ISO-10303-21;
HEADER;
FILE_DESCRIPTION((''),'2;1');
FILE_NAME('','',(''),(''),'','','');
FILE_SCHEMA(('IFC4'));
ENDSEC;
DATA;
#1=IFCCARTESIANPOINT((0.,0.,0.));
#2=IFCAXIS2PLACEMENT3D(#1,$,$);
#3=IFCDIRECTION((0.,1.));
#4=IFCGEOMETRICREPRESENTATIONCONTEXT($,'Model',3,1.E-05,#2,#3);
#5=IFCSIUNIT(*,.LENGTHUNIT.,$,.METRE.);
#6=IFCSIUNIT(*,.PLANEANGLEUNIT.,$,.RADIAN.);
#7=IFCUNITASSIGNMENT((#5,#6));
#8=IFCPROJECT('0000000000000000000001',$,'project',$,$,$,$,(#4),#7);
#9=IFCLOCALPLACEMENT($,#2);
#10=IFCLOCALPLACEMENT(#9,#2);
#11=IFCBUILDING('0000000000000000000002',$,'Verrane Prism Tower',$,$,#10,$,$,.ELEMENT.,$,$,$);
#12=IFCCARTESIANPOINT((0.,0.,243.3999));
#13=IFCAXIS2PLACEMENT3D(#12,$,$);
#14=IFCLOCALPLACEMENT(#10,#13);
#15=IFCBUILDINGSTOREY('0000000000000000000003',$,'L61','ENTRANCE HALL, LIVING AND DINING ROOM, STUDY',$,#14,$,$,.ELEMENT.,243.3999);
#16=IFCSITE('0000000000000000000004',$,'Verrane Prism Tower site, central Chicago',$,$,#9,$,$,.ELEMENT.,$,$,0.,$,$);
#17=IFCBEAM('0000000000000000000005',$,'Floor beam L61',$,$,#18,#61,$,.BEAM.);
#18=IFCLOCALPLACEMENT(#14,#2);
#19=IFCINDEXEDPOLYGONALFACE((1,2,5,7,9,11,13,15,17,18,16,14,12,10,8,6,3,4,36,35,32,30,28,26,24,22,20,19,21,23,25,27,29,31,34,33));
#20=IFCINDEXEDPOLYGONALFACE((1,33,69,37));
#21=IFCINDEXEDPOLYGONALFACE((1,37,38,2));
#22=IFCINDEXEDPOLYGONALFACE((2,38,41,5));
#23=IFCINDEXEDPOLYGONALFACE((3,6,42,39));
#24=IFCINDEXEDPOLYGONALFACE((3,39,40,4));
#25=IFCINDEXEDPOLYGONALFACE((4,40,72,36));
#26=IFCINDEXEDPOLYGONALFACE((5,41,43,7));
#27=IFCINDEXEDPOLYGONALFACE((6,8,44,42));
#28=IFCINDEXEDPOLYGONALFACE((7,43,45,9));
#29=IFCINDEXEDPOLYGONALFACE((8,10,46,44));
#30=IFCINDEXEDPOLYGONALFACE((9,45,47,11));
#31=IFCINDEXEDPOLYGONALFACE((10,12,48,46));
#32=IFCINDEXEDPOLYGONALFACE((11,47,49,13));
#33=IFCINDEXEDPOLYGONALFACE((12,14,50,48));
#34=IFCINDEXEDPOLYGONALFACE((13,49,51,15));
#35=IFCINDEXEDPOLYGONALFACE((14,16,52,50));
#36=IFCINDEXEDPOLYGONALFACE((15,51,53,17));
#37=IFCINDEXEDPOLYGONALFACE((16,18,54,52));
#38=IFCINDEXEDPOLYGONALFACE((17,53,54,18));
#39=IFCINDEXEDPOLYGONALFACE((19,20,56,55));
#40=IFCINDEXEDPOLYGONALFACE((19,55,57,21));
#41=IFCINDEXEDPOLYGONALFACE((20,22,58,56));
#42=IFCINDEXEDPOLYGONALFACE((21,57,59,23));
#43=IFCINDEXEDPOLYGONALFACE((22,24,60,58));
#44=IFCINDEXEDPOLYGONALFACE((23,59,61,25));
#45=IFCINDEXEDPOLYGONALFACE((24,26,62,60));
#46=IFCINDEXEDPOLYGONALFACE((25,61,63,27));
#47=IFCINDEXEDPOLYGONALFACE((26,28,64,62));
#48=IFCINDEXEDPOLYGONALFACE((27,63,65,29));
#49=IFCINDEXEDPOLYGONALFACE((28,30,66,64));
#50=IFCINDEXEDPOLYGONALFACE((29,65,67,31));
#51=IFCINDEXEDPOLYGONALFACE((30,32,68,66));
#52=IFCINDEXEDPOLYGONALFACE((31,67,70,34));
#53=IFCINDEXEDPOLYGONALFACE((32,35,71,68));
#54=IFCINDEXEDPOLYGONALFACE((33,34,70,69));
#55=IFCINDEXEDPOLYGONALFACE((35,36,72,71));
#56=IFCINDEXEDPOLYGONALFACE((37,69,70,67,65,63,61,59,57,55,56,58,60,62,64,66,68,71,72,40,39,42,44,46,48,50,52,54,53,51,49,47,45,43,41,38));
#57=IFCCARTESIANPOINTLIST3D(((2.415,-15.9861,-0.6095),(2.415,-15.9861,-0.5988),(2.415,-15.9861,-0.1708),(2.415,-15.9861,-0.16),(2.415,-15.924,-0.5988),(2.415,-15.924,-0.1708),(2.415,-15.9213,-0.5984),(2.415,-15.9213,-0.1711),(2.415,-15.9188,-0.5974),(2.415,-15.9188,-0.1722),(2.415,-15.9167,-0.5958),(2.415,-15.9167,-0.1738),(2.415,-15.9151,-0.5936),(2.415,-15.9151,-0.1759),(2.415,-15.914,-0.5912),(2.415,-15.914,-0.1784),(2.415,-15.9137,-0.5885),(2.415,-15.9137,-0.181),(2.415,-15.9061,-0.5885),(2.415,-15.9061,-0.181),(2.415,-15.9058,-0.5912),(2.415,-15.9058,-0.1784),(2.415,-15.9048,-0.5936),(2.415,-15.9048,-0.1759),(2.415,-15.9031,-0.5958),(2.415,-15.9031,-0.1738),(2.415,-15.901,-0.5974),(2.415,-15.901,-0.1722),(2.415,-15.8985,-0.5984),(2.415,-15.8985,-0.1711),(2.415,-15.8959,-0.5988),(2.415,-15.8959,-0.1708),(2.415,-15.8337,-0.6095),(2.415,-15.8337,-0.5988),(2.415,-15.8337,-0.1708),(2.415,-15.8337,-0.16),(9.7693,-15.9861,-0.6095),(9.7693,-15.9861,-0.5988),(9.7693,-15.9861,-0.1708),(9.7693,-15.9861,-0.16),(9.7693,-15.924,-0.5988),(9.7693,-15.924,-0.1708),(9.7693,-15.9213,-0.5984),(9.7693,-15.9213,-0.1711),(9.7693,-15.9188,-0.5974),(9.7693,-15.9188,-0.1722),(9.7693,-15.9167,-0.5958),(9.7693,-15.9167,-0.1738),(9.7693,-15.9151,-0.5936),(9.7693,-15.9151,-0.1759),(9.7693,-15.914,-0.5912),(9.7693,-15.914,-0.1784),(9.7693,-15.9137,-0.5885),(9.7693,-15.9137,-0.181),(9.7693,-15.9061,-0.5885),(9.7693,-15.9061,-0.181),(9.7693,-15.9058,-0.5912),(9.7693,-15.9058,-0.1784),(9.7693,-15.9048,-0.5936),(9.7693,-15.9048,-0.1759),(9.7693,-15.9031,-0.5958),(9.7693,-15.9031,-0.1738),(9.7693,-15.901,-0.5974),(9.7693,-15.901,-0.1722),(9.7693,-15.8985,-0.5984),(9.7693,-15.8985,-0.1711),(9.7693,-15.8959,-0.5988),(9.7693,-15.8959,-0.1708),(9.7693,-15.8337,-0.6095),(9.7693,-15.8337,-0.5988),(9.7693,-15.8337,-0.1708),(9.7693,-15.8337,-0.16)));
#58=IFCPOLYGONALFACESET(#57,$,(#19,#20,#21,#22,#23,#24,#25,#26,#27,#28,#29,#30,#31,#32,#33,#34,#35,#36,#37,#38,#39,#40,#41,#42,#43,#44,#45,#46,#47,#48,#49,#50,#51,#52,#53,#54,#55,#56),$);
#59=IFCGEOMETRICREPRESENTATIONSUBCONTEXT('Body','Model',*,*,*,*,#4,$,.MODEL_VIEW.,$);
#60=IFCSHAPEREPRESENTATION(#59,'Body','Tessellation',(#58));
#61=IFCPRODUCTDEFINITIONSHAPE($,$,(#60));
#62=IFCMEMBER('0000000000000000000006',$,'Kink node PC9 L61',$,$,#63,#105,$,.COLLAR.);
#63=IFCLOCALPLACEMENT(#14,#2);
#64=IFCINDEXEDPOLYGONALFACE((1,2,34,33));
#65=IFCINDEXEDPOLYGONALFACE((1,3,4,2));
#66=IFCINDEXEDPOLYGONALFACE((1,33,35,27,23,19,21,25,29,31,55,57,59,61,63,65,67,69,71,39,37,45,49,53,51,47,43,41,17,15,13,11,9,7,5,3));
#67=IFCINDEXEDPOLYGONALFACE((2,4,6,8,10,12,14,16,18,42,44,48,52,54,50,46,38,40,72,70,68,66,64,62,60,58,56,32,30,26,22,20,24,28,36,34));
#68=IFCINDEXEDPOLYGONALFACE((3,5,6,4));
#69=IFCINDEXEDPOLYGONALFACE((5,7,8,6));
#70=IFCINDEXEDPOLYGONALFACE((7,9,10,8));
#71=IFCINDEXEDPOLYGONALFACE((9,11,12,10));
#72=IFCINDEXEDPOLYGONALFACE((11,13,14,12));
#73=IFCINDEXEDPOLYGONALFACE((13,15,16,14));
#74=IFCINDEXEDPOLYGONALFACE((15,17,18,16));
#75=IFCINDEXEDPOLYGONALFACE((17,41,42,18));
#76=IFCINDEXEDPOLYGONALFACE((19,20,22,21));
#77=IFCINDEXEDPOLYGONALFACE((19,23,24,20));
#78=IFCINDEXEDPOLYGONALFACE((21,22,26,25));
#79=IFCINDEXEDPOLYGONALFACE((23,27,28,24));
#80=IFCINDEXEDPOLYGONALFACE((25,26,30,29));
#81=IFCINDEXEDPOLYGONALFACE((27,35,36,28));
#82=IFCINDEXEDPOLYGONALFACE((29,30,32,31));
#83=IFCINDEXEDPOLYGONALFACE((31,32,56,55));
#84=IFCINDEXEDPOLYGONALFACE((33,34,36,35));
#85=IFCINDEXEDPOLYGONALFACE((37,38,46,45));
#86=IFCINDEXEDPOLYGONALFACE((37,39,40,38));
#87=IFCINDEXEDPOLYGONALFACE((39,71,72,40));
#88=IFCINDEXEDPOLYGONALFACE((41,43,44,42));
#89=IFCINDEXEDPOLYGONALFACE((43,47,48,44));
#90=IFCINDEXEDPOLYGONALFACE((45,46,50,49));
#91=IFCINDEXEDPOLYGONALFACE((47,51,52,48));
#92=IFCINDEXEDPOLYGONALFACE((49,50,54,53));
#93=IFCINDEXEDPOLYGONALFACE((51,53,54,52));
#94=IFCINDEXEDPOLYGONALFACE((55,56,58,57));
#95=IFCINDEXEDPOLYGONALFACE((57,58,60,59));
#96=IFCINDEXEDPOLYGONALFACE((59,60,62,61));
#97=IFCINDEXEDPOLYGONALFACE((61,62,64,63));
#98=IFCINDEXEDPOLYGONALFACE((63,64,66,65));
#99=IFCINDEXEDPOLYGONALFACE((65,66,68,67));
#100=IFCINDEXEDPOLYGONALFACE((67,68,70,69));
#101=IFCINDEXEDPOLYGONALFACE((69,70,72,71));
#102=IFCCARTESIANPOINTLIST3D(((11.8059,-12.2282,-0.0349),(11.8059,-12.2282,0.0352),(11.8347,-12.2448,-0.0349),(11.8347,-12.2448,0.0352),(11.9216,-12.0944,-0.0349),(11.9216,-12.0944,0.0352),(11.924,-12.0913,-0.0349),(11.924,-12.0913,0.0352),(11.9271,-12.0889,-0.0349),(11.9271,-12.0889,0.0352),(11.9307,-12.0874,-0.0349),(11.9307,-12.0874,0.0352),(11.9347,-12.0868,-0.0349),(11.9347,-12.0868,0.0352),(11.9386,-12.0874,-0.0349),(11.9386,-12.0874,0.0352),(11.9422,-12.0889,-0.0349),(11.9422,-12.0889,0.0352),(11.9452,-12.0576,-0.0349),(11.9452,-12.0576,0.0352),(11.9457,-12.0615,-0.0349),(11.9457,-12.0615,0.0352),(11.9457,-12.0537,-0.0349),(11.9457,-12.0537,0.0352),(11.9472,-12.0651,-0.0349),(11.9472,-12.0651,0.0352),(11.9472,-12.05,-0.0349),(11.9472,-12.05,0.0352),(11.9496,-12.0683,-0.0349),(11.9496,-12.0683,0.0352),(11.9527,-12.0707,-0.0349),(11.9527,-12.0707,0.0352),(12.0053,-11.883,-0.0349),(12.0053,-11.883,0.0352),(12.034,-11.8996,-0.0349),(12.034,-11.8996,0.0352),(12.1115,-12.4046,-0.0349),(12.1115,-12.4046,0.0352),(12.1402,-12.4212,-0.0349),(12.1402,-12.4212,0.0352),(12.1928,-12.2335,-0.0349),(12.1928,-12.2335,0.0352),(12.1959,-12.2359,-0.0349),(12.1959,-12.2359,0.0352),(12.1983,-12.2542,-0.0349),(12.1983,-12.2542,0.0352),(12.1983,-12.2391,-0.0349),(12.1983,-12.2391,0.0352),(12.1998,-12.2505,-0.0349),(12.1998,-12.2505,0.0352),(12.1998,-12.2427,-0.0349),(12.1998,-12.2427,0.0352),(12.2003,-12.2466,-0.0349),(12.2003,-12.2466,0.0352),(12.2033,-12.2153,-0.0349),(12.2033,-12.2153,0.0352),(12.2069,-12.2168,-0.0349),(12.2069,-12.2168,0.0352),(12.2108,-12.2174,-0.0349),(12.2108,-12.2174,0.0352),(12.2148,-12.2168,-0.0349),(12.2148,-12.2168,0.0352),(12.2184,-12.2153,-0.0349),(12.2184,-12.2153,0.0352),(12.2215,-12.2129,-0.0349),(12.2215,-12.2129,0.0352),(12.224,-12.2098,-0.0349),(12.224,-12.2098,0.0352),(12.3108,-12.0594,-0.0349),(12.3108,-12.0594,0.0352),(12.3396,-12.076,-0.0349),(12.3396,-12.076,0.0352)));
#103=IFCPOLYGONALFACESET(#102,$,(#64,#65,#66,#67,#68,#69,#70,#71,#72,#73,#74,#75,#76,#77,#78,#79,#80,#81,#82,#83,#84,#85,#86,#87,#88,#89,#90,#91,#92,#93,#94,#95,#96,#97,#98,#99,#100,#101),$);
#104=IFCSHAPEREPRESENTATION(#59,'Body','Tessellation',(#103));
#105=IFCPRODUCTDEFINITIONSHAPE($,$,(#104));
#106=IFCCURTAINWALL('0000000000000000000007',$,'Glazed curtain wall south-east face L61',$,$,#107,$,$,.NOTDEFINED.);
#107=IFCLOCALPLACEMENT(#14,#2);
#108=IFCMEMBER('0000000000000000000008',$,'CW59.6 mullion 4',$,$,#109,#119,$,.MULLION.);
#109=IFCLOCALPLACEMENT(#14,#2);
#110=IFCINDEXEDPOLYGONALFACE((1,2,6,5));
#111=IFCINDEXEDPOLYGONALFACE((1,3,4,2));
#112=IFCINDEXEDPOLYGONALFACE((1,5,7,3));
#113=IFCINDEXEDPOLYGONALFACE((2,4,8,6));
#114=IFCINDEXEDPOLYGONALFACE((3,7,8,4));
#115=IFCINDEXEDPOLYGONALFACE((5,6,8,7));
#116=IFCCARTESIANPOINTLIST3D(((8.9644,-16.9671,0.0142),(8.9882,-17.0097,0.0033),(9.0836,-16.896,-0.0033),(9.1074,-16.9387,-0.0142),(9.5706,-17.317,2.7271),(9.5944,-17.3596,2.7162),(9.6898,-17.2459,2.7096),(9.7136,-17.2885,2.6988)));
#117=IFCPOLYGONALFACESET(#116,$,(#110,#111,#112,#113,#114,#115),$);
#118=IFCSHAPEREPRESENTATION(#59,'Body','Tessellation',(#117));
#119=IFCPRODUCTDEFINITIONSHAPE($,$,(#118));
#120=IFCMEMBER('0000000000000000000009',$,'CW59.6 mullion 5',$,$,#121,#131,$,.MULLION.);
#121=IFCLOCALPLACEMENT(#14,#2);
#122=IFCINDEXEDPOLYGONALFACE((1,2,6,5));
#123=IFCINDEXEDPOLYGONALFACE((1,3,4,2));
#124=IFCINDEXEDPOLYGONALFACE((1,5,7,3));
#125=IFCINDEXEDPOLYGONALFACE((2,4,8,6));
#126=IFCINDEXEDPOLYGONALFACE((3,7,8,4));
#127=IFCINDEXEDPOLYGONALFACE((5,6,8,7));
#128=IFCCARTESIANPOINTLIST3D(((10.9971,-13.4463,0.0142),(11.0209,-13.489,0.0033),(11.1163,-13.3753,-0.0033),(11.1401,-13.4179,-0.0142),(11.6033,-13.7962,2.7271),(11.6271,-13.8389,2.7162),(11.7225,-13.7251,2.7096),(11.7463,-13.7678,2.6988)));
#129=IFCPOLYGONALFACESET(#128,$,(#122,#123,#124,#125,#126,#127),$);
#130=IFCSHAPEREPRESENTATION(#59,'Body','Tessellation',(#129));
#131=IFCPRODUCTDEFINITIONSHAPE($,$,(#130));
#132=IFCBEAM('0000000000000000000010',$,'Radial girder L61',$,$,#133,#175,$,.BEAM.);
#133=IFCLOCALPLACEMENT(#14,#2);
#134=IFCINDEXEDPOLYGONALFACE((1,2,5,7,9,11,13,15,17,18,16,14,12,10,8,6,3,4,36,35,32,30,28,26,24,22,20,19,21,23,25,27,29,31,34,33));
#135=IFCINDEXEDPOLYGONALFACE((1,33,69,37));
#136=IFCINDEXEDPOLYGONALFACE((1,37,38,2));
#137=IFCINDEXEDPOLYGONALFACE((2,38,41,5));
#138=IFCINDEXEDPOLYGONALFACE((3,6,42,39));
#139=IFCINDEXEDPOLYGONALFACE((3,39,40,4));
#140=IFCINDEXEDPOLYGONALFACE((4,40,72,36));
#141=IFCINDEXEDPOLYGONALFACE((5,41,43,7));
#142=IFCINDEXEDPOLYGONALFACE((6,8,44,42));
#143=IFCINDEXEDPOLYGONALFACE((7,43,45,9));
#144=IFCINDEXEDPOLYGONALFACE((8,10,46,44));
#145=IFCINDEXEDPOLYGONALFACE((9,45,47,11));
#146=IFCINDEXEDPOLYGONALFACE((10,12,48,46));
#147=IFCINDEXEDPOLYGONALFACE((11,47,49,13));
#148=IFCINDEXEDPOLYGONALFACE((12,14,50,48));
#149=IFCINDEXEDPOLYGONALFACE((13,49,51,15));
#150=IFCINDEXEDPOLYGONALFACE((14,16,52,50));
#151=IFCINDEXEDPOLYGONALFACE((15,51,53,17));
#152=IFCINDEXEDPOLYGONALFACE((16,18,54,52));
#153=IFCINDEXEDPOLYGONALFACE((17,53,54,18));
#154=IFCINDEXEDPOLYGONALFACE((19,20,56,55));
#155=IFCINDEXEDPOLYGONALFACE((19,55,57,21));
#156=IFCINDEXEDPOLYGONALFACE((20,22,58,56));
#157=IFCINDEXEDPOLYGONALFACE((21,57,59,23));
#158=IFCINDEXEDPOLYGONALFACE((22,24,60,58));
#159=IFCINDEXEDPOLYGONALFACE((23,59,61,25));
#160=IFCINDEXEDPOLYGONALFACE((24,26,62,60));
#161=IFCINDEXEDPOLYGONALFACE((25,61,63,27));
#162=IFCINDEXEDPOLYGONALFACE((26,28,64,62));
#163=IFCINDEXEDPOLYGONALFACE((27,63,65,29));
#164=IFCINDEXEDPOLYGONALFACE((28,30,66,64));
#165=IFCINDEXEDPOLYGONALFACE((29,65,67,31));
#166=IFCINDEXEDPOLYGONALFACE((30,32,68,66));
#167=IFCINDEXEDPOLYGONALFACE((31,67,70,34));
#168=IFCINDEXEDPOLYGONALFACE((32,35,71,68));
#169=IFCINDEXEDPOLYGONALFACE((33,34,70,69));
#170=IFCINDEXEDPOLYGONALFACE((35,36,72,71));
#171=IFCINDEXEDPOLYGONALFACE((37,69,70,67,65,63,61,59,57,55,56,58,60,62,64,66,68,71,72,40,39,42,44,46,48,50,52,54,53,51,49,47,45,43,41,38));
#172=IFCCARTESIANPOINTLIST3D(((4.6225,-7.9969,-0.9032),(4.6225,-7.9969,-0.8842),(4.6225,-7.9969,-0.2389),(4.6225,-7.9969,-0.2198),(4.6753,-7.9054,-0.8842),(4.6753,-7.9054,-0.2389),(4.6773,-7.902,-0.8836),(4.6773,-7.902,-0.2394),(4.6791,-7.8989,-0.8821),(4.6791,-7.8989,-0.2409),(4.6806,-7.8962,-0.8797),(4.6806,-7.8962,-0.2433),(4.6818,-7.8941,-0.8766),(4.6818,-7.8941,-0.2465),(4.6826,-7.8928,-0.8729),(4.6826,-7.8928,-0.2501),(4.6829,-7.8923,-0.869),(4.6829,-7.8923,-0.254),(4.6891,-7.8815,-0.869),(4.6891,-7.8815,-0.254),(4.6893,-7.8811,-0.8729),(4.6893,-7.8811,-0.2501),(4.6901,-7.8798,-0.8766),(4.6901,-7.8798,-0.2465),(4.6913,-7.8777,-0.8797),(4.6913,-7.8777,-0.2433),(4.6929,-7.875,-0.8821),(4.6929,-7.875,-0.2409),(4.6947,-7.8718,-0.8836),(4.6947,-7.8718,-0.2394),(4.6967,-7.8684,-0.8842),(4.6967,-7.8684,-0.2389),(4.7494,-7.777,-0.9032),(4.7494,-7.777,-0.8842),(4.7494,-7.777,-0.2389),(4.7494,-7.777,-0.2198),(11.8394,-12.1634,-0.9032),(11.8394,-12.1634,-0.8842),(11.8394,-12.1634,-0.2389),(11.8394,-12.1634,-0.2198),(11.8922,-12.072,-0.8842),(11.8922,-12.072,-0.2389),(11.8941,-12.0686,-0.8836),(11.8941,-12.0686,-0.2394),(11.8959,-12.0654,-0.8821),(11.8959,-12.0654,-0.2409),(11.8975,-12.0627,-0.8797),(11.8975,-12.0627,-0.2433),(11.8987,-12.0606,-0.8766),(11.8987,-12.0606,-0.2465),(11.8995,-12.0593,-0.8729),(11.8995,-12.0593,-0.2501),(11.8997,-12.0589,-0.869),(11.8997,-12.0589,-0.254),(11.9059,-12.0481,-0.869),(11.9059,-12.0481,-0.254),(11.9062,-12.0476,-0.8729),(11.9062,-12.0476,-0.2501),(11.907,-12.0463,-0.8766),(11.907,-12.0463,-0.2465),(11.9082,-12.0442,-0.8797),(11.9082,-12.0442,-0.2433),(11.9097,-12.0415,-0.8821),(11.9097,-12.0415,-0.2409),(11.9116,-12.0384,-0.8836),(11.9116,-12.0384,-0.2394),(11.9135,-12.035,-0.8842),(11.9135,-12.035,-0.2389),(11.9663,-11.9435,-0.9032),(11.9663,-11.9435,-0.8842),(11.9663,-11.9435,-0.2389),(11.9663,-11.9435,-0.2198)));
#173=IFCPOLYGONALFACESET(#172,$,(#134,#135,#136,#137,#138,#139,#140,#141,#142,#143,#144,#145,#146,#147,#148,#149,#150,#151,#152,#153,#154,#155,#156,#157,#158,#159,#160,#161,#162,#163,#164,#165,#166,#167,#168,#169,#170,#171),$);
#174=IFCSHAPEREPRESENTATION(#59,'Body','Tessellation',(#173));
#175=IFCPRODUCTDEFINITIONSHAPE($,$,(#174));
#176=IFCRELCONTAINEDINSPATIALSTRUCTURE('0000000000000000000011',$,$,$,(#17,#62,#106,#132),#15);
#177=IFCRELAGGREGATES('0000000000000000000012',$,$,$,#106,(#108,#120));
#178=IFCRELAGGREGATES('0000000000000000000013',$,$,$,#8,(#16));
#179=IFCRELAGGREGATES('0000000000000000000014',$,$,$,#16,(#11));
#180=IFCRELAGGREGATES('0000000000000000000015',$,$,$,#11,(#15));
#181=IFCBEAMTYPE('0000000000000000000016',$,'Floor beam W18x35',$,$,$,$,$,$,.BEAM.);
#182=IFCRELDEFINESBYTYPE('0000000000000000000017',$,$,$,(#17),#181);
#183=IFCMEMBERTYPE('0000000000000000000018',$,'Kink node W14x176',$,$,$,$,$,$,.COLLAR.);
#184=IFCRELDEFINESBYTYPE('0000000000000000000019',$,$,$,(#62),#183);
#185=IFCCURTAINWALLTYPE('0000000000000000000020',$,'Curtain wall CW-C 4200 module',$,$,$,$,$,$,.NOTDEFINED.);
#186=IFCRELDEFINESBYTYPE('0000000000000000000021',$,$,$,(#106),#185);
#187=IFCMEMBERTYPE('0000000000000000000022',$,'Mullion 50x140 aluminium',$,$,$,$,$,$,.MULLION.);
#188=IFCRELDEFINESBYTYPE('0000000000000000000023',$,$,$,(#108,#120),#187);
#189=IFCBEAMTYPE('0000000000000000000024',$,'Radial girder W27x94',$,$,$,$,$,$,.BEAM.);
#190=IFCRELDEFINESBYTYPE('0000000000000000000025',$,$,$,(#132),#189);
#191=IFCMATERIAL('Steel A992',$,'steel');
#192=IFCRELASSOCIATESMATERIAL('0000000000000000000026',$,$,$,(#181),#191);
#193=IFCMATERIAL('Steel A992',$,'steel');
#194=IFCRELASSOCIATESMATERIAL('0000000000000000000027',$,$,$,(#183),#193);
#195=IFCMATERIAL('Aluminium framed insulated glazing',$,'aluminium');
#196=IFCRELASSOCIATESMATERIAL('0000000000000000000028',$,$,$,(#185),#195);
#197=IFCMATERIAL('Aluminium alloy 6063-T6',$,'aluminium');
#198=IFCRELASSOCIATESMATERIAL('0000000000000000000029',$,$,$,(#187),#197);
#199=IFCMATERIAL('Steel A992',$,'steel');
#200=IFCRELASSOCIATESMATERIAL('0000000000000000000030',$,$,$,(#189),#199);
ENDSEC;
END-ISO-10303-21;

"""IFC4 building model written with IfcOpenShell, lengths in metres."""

from ifc_helpers import new_model, si_unit, direction, frame, origin, origin_2d, place, context, subcontext, project, spatial, rectangle, i_section, extrude, material, material_profile, profile_set, type_object, element, aggregate, save


model = new_model("IFC4")

# Units and contexts
model_context = context("Model", 3, precision=1e-05, world=origin(), true_north=direction((0.0, 1.0)))
body_context = subcontext(model_context, "Body", "Model", "MODEL_VIEW")
ifc_project = project(units=[si_unit("LENGTHUNIT", "METRE"), si_unit("PLANEANGLEUNIT", "RADIAN")], contexts=[model_context])

# Site, building, storey
site_placement = place(None, origin())
site = spatial("IfcSite", under=ifc_project, at=site_placement, Name="Verrane Prism Tower site, central Chicago", CompositionType="ELEMENT", RefElevation=0.0)
building_placement = place(site_placement, origin())
building = spatial("IfcBuilding", under=site, at=building_placement, Name="Verrane Prism Tower", CompositionType="ELEMENT")
storey_placement = place(building_placement, frame((0.0, 0.0, 243.3999)))
storey = spatial("IfcBuildingStorey", under=building, at=storey_placement, Name="L61", Description="ENTRANCE HALL, LIVING AND DINING ROOM, STUDY", CompositionType="ELEMENT", Elevation=243.3999)

# Beam
ifc_material_1 = material(Name="Steel A992", Category="steel")
ifc_material_profile_1 = material_profile(ifc_material_1, i_section(OverallWidth=0.1523, OverallDepth=0.4495, WebThickness=0.0076, FlangeThickness=0.0107, FilletRadius=0.0103, at=origin_2d()), Name="W18x35")
ifc_profile_set_1 = profile_set([ifc_material_profile_1], Name="Steel A992")
beam_type_1 = type_object("IfcBeamType", Name="Floor beam W18x35", PredefinedType="BEAM", material=ifc_profile_set_1)
beam_1_placement = place(storey_placement, frame((2.415, -15.9099, -0.3848), z_axis=(1.0, 0.0, 0.0), x_axis=(0.0, 1.0, 0.0)))
element("IfcBeam", 1, at=beam_1_placement, inside=storey, type_object=beam_type_1, Name="Floor beam L61", PredefinedType="BEAM", context=body_context, shape_type="SweptSolid", body=[
    extrude(i_section(OverallWidth=0.1523, OverallDepth=0.4495, WebThickness=0.0076, FlangeThickness=0.0107, FilletRadius=0.0103, at=origin_2d()), origin(), (0.0, 0.0, 1.0), 7.3542),
])

# Member
ifc_material_2 = material(Name="Steel A992", Category="steel")
ifc_material_profile_2 = material_profile(ifc_material_2, i_section(OverallWidth=0.3987, OverallDepth=0.386, WebThickness=0.021, FlangeThickness=0.0332, FilletRadius=0.0151, at=origin_2d()), Name="W14x176")
ifc_profile_set_2 = profile_set([ifc_material_profile_2], Name="Steel A992")
member_type_1 = type_object("IfcMemberType", Name="Kink node W14x176", PredefinedType="COLLAR", material=ifc_profile_set_2)
member_1_placement = place(storey_placement, frame((12.0728, -12.1521, -0.0349), z_axis=(0.0, 0.0, 1.0), x_axis=(-0.5, -0.866025, 0.0)))
element("IfcMember", 2, at=member_1_placement, inside=storey, type_object=member_type_1, Name="Kink node PC9 L61", PredefinedType="COLLAR", context=body_context, shape_type="SweptSolid", body=[
    extrude(i_section(OverallWidth=0.3987, OverallDepth=0.386, WebThickness=0.021, FlangeThickness=0.0332, FilletRadius=0.0151, at=origin_2d()), origin(), (0.0, 0.0, 1.0), 0.0701),
])

# Curtain wall, members
ifc_material_3 = material(Name="Aluminium framed insulated glazing", Category="aluminium")
curtain_wall_type = type_object("IfcCurtainWallType", Name="Curtain wall CW-C 4200 module", PredefinedType="NOTDEFINED", material=ifc_material_3)
curtain_wall_placement = place(storey_placement, origin())
curtain_wall = element("IfcCurtainWall", 3, at=curtain_wall_placement, inside=storey, type_object=curtain_wall_type, Name="Glazed curtain wall south-east face L61", PredefinedType="NOTDEFINED")
ifc_material_4 = material(Name="Aluminium alloy 6063-T6", Category="aluminium")
ifc_material_profile_3 = material_profile(ifc_material_4, rectangle(XDim=0.1399, YDim=0.05, at=origin_2d()), Name="Mullion 50x140 aluminium")
ifc_profile_set_3 = profile_set([ifc_material_profile_3], Name="Aluminium alloy 6063-T6")
member_type_2 = type_object("IfcMemberType", Name="Mullion 50x140 aluminium", PredefinedType="MULLION", material=ifc_profile_set_3)
member_2_placement = place(storey_placement, frame((9.0359, -16.9529, 0.0), z_axis=(0.216367, -0.124871, 0.968294), x_axis=(-0.85221, -0.508072, 0.124907)))
member_2 = element("IfcMember", 4, at=member_2_placement, type_object=member_type_2, Name="CW59.6 mullion 4", PredefinedType="MULLION", context=body_context, shape_type="SweptSolid", body=[
    extrude(rectangle(XDim=0.1399, YDim=0.05, at=origin_2d()), origin(), (0.0, 0.0, 1.0), 2.8018),
])
member_3_placement = place(storey_placement, frame((11.0686, -13.4321, 0.0), z_axis=(0.216367, -0.124871, 0.968294), x_axis=(-0.85221, -0.508072, 0.124907)))
member_3 = element("IfcMember", 5, at=member_3_placement, type_object=member_type_2, Name="CW59.6 mullion 5", PredefinedType="MULLION", context=body_context, shape_type="SweptSolid", body=[
    extrude(rectangle(XDim=0.1399, YDim=0.05, at=origin_2d()), origin(), (0.0, 0.0, 1.0), 2.8018),
])

# Beam
ifc_material_5 = material(Name="Steel A992", Category="steel")
ifc_material_profile_4 = material_profile(ifc_material_5, i_section(OverallWidth=0.2539, OverallDepth=0.6833, WebThickness=0.0125, FlangeThickness=0.019, FilletRadius=0.0151, at=origin_2d()), Name="W27x94")
ifc_profile_set_4 = profile_set([ifc_material_profile_4], Name="Steel A992")
beam_type_2 = type_object("IfcBeamType", Name="Radial girder W27x94", PredefinedType="BEAM", material=ifc_profile_set_4)
beam_2_placement = place(storey_placement, frame((11.9028, -12.0535, -0.5615), z_axis=(-0.866031, 0.49999, 0.0), x_axis=(-0.49999, -0.866031, 0.0)))
element("IfcBeam", 6, at=beam_2_placement, inside=storey, type_object=beam_type_2, Name="Radial girder L61", PredefinedType="BEAM", context=body_context, shape_type="SweptSolid", body=[
    extrude(i_section(OverallWidth=0.2539, OverallDepth=0.6833, WebThickness=0.0125, FlangeThickness=0.019, FilletRadius=0.0151, at=origin_2d()), origin(), (0.0, 0.0, 1.0), 8.3333),
])

aggregate(curtain_wall, [member_2, member_3])

save(model, "model.ifc")
